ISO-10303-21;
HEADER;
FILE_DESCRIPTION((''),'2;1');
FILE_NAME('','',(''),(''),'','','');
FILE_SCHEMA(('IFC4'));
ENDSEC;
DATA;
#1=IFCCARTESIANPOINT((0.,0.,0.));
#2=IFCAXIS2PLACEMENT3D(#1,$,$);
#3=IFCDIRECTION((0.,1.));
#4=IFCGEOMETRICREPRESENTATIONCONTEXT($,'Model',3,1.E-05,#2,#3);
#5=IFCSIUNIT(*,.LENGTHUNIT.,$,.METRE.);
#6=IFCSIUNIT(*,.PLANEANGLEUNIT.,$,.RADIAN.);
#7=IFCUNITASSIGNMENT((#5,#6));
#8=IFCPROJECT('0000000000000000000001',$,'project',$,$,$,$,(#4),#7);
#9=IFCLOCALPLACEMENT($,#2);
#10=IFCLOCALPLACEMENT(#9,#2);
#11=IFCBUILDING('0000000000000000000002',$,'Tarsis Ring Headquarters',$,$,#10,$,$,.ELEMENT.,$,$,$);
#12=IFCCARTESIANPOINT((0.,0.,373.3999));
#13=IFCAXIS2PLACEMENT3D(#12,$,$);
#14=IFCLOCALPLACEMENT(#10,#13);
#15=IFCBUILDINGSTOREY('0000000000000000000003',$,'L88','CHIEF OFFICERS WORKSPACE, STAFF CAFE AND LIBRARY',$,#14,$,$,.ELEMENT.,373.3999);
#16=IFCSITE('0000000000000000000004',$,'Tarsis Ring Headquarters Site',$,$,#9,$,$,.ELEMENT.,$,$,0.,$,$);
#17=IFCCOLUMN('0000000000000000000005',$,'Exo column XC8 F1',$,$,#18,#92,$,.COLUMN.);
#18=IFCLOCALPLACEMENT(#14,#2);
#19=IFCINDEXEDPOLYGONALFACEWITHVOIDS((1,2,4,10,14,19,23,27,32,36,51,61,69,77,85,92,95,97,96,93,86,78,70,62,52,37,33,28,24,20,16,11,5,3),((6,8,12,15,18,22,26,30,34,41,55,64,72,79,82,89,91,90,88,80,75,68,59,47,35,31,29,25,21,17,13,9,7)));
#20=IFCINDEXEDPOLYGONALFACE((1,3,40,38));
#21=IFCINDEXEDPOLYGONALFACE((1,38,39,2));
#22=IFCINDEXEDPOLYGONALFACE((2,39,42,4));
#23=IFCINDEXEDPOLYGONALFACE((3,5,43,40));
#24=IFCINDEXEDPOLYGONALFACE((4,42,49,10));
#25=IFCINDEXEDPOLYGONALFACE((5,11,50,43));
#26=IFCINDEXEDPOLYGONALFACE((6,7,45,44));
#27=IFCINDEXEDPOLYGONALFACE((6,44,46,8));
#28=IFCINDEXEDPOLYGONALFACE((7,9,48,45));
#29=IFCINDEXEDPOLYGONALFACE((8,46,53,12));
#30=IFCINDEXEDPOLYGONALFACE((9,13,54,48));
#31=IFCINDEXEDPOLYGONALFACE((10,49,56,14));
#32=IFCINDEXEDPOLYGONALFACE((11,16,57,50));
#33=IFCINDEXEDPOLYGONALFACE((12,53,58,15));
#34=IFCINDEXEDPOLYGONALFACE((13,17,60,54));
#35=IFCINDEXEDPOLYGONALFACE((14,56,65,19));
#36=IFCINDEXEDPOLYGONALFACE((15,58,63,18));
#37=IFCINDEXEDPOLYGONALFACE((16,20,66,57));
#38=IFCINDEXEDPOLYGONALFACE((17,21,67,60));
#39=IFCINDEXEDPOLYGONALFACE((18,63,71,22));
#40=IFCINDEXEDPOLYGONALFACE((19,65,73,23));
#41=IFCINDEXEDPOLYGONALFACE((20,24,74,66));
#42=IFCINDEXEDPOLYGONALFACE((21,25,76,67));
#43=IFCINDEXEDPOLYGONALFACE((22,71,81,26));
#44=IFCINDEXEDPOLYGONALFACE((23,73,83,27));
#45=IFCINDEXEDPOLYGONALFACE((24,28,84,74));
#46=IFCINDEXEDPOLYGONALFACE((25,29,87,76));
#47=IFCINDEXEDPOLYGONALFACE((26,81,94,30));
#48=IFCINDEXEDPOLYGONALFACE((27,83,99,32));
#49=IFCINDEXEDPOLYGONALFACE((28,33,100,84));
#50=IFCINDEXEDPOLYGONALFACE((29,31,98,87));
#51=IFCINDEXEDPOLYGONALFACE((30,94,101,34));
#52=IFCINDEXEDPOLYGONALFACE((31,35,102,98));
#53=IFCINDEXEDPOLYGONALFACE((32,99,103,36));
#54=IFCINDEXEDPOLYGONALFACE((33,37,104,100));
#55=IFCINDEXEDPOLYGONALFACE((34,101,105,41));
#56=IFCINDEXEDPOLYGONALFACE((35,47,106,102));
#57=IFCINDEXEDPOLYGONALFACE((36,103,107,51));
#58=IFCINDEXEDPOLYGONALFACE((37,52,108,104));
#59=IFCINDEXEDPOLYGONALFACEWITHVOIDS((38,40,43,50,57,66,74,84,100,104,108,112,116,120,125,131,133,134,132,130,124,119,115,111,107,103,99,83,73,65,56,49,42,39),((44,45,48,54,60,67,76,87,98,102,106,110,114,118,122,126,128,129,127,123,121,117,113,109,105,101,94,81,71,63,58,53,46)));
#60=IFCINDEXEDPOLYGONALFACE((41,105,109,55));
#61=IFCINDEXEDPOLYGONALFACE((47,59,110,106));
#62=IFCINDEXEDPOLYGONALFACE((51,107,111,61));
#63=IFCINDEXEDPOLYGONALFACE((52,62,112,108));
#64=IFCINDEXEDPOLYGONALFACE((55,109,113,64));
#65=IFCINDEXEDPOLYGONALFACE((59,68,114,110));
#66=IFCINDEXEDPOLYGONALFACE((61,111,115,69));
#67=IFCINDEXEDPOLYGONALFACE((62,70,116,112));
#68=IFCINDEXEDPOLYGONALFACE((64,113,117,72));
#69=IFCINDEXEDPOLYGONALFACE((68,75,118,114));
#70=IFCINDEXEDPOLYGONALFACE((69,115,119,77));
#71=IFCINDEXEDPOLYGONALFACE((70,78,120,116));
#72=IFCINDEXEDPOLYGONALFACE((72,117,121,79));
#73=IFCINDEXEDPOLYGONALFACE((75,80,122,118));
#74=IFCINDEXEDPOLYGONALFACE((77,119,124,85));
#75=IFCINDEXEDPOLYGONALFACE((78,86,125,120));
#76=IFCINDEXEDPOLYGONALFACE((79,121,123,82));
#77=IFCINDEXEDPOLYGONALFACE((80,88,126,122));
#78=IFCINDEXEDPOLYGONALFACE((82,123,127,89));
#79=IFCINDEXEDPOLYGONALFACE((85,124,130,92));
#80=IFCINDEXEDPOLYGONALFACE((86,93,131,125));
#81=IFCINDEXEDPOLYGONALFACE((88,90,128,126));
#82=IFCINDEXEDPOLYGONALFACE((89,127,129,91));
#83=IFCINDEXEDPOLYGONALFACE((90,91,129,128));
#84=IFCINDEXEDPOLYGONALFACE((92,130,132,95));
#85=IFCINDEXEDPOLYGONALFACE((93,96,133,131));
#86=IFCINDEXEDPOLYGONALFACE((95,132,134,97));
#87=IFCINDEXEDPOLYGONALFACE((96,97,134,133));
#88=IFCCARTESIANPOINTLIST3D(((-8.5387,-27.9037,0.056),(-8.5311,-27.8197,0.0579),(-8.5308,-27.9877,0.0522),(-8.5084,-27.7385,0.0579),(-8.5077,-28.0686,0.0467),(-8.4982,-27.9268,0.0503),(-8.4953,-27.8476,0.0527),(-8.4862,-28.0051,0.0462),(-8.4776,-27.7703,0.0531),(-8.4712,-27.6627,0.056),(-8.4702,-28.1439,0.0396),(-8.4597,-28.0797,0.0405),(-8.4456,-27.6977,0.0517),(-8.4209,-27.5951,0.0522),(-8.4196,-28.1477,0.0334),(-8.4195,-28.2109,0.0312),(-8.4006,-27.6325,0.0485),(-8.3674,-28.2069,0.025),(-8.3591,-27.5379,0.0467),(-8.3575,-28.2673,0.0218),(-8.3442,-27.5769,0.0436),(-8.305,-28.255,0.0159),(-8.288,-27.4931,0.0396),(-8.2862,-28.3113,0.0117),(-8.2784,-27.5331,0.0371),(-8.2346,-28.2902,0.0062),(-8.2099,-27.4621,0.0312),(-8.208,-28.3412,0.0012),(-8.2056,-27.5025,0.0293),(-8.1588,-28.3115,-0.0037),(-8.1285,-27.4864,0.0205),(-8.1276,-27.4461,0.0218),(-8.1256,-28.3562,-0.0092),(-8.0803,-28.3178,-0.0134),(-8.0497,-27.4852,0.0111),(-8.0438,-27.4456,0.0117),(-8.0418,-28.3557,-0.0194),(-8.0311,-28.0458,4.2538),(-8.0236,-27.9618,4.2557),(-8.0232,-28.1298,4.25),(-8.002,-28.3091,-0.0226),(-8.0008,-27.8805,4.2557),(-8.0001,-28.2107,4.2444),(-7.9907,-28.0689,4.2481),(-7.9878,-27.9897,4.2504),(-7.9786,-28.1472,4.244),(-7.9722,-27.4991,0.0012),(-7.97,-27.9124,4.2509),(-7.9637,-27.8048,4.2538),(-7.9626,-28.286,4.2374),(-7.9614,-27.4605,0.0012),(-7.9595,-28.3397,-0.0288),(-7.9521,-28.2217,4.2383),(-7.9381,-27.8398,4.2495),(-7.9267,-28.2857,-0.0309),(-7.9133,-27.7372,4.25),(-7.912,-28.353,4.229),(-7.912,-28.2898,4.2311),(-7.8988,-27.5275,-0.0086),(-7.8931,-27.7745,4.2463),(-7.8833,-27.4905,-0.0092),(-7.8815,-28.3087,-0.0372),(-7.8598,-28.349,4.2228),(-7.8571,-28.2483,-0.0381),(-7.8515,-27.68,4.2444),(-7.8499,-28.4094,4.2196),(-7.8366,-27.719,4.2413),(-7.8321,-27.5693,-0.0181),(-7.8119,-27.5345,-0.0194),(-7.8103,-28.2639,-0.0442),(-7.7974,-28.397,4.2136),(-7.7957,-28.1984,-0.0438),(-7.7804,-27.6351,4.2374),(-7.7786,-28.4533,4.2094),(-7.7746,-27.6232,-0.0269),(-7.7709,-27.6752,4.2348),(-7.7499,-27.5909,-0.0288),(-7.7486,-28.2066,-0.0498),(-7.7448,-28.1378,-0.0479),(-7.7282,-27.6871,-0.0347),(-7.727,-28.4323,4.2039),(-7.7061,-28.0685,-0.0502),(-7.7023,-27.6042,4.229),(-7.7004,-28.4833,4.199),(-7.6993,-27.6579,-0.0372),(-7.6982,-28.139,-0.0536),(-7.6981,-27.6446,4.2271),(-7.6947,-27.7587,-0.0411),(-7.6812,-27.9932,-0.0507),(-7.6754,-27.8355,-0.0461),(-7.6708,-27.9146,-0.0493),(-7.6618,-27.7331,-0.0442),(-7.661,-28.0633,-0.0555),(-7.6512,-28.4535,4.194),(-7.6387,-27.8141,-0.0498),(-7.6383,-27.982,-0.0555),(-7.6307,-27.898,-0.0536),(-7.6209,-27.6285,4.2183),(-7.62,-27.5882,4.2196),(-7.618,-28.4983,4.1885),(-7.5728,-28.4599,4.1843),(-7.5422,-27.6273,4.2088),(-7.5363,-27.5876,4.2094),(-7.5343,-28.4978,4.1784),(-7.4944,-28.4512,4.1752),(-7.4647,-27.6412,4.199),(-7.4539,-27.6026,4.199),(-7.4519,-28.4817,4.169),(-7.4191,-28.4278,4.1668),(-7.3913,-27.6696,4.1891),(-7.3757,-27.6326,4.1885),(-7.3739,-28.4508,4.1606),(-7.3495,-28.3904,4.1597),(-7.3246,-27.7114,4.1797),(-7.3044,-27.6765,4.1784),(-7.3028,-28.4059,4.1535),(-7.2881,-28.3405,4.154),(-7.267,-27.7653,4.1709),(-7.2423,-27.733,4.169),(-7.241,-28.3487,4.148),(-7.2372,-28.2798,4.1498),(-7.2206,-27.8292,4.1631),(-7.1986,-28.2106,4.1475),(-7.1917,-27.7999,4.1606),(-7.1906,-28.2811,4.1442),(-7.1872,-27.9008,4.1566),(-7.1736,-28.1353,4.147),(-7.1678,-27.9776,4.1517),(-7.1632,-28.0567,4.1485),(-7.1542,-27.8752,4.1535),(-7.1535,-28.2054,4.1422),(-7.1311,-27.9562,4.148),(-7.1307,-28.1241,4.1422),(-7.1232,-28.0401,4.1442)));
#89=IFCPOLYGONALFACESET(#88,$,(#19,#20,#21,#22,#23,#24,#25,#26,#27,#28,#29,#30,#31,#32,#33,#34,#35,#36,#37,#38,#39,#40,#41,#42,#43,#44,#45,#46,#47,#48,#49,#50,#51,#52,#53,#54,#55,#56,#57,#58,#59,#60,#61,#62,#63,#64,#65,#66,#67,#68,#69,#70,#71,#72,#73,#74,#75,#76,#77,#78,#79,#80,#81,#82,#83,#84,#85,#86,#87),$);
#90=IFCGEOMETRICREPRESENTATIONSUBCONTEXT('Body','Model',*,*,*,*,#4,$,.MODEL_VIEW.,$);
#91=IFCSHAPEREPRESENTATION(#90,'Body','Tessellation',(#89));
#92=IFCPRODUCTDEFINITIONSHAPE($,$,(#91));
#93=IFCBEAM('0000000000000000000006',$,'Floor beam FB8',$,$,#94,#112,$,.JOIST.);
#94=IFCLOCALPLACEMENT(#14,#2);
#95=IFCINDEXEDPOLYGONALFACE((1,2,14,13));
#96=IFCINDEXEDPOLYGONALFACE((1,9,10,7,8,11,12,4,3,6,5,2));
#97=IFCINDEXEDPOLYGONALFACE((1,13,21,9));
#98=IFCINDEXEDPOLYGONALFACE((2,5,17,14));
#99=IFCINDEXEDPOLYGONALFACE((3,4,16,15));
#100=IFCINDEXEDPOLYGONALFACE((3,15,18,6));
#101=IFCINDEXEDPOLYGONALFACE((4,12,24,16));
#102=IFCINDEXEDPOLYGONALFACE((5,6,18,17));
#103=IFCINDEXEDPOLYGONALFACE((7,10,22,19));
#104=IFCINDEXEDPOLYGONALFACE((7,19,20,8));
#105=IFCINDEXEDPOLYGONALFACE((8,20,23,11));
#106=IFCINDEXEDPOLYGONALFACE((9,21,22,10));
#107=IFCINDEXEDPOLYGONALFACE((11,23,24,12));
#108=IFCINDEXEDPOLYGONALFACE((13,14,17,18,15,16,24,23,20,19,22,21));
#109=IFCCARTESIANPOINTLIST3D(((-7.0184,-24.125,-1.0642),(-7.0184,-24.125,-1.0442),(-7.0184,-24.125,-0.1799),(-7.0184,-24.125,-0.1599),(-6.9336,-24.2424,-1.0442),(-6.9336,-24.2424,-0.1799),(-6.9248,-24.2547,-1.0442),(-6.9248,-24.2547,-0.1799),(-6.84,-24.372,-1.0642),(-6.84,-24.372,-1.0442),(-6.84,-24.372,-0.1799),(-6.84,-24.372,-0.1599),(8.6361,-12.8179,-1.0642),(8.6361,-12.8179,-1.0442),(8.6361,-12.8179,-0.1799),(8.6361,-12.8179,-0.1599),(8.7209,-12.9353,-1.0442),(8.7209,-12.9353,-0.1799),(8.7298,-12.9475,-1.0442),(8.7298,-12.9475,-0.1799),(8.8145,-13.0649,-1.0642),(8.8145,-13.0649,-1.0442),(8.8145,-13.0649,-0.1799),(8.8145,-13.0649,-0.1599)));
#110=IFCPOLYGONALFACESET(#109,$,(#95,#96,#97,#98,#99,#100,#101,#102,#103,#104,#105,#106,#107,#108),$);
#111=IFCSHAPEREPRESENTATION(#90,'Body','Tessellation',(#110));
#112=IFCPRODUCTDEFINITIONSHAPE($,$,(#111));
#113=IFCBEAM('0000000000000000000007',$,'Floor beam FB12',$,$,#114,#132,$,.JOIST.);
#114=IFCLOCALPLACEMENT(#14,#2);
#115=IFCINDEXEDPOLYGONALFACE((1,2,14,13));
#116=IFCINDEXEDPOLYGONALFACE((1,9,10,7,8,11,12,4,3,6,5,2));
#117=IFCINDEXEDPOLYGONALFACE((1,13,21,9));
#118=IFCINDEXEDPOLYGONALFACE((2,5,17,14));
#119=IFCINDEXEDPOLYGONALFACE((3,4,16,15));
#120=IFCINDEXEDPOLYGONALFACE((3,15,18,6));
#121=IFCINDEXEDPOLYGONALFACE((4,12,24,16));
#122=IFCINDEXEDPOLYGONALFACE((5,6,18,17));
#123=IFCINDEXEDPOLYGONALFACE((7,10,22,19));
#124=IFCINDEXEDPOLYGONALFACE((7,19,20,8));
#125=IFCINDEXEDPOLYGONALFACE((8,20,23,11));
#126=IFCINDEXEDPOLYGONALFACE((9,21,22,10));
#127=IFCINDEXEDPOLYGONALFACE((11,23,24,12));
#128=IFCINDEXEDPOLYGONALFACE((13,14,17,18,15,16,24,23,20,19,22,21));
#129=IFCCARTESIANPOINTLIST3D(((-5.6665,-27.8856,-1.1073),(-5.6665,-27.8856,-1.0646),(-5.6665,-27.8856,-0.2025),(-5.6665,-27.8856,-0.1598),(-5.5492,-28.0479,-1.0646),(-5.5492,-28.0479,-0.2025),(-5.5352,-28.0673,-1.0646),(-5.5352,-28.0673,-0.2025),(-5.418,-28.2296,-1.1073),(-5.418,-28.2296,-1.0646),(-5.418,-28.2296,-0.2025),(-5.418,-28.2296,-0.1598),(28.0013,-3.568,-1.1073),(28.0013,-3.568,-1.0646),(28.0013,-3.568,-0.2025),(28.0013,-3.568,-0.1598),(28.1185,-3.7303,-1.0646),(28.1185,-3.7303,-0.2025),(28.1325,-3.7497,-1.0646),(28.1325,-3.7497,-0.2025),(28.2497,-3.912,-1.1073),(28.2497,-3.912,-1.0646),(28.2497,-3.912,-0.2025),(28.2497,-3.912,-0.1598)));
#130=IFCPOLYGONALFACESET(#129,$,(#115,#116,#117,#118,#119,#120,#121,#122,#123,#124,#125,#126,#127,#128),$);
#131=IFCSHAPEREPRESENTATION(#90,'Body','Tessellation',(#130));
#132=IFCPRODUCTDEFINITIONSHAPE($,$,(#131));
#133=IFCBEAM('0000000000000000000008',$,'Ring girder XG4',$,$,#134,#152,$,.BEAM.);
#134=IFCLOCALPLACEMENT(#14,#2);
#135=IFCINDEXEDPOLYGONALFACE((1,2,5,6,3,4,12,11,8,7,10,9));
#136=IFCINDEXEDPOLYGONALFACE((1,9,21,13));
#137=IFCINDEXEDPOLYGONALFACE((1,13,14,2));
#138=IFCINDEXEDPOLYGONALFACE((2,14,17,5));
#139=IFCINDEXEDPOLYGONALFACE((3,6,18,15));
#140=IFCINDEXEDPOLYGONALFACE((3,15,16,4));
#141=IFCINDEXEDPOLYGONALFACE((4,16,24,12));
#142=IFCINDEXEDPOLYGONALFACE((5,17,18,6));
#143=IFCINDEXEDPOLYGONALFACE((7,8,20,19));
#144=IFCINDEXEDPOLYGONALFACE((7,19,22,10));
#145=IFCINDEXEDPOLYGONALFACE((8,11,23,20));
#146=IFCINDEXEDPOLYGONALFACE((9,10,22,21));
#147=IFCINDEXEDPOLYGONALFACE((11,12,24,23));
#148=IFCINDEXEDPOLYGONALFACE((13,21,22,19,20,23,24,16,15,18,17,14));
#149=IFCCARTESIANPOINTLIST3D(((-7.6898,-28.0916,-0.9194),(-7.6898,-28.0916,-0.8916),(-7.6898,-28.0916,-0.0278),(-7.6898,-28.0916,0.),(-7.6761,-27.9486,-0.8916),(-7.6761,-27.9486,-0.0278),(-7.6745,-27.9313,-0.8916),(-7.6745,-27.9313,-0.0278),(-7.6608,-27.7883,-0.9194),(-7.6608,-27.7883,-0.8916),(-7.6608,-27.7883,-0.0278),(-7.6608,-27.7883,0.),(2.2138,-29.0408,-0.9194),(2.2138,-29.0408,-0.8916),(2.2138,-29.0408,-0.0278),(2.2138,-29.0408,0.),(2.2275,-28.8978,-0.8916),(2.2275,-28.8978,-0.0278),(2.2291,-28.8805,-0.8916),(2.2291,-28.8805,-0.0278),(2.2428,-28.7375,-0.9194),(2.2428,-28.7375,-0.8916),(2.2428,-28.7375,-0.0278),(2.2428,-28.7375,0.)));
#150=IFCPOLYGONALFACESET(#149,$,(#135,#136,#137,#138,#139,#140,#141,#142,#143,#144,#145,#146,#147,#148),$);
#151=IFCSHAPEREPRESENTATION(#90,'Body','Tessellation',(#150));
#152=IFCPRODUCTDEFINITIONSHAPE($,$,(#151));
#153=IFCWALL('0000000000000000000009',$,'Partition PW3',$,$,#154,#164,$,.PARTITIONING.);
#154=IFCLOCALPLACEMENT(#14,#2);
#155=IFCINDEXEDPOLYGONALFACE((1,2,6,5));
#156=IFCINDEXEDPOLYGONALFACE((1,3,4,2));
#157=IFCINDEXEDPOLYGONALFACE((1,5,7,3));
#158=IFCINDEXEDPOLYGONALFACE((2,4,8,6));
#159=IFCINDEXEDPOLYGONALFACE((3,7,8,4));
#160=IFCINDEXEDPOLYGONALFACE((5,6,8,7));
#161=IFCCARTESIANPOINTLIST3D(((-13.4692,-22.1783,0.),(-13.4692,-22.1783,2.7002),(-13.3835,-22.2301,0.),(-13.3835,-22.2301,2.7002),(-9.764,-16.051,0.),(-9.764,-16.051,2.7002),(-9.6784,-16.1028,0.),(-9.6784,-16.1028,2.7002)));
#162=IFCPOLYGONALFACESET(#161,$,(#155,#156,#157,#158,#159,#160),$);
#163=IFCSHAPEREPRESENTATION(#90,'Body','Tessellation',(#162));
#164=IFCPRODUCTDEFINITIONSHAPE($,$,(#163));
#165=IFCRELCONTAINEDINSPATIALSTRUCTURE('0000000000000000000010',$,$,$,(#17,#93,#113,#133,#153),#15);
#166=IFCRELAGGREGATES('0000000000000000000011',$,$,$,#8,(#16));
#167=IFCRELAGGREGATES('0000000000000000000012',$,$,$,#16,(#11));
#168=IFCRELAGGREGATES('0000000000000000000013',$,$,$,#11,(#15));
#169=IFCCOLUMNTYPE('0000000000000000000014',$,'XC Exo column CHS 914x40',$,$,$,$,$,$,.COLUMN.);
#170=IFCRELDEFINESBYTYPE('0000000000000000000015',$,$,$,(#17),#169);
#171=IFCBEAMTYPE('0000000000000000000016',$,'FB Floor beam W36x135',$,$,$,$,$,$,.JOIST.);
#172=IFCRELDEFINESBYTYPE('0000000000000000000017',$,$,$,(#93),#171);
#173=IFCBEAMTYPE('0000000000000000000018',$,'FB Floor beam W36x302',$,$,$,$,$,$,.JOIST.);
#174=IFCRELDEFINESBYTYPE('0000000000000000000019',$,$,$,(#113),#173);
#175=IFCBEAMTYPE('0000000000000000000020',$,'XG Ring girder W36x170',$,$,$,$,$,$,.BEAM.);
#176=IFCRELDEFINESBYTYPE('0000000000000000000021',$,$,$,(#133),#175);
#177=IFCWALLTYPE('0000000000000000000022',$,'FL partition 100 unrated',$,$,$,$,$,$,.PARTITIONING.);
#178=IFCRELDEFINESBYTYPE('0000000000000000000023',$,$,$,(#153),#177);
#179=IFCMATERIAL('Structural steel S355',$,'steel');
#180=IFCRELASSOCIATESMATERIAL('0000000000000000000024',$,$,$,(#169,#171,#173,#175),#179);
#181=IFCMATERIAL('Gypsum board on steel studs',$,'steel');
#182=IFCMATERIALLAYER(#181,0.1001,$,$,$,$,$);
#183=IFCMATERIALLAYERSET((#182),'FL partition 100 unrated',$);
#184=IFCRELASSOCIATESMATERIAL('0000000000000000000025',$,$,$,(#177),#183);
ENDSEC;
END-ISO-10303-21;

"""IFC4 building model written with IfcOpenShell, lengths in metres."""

from ifc_helpers import new_model, si_unit, direction, frame, frame_2d, origin, origin_2d, place, context, subcontext, project, spatial, rectangle, hollow_circle, i_section, extrude, material, layer, layer_set, material_profile, profile_set, type_object, element, save


model = new_model("IFC4")

# Units and contexts
model_context = context("Model", 3, precision=1e-05, world=origin(), true_north=direction((0.0, 1.0)))
body_context = subcontext(model_context, "Body", "Model", "MODEL_VIEW")
ifc_project = project(units=[si_unit("LENGTHUNIT", "METRE"), si_unit("PLANEANGLEUNIT", "RADIAN")], contexts=[model_context])

# Site, building, storey
site_placement = place(None, origin())
site = spatial("IfcSite", under=ifc_project, at=site_placement, Name="Tarsis Ring Headquarters Site", CompositionType="ELEMENT", RefElevation=0.0)
building_placement = place(site_placement, origin())
building = spatial("IfcBuilding", under=site, at=building_placement, Name="Tarsis Ring Headquarters", CompositionType="ELEMENT")
storey_placement = place(building_placement, frame((0.0, 0.0, 373.3999)))
storey = spatial("IfcBuildingStorey", under=building, at=storey_placement, Name="L88", Description="CHIEF OFFICERS WORKSPACE, STAFF CAFE AND LIBRARY", CompositionType="ELEMENT", Elevation=373.3999)

# Column
ifc_material_1 = material(Name="Structural steel S355", Category="steel")
ifc_material_profile_1 = material_profile(ifc_material_1, hollow_circle(Radius=0.457, WallThickness=0.04, at=origin_2d()), Name="CHS 914x40")
ifc_profile_set_1 = profile_set([ifc_material_profile_1], Name="Structural steel S355")
column_type = type_object("IfcColumnType", Name="XC Exo column CHS 914x40", PredefinedType="COLUMN", material=ifc_profile_set_1)
column_placement = place(storey_placement, frame((-8.0847, -27.9009, 0.0012), z_axis=(0.119972, -0.033585, 0.992209), x_axis=(0.269578, 0.962978, 0.0)))
element("IfcColumn", 1, at=column_placement, inside=storey, type_object=column_type, Name="Exo column XC8 F1", PredefinedType="COLUMN", context=body_context, shape_type="SweptSolid", body=[
    extrude(hollow_circle(Radius=0.4573, WallThickness=0.04, at=origin_2d()), origin(), (0.0, 0.0, 1.0), 4.2307),
])

# Beams
ifc_material_profile_2 = material_profile(ifc_material_1, i_section(OverallWidth=0.3047, OverallDepth=0.9043, WebThickness=0.0151, FlangeThickness=0.02, at=origin_2d()), Name="W36x135")
ifc_profile_set_2 = profile_set([ifc_material_profile_2], Name="Structural steel S355")
beam_type_1 = type_object("IfcBeamType", Name="FB Floor beam W36x135", PredefinedType="JOIST", material=ifc_profile_set_2)
beam_1_placement = place(storey_placement, frame((-6.9292, -24.2485, -0.6121), z_axis=(0.810653, 0.585527, 0.0), x_axis=(-0.585527, 0.810653, 0.0)))
element("IfcBeam", 2, at=beam_1_placement, inside=storey, type_object=beam_type_1, Name="Floor beam FB8", PredefinedType="JOIST", context=body_context, shape_type="SweptSolid", body=[
    extrude(i_section(OverallWidth=0.3047, OverallDepth=0.9043, WebThickness=0.0151, FlangeThickness=0.02, at=origin_2d()), origin(), (0.0, 0.0, 1.0), 19.311),
])
ifc_material_profile_3 = material_profile(ifc_material_1, i_section(OverallWidth=0.4243, OverallDepth=0.9475, WebThickness=0.0239, FlangeThickness=0.0427, at=origin_2d()), Name="W36x302")
ifc_profile_set_3 = profile_set([ifc_material_profile_3], Name="Structural steel S355")
beam_type_2 = type_object("IfcBeamType", Name="FB Floor beam W36x302", PredefinedType="JOIST", material=ifc_profile_set_3)
beam_2_placement = place(storey_placement, frame((-5.5422, -28.0576, -0.6335), z_axis=(0.810656, 0.585523, 0.0), x_axis=(-0.585523, 0.810656, 0.0)))
element("IfcBeam", 3, at=beam_2_placement, inside=storey, type_object=beam_type_2, Name="Floor beam FB12", PredefinedType="JOIST", context=body_context, shape_type="SweptSolid", body=[
    extrude(i_section(OverallWidth=0.4243, OverallDepth=0.9475, WebThickness=0.0239, FlangeThickness=0.0427, at=origin_2d()), origin(), (0.0, 0.0, 1.0), 41.5315),
])
ifc_material_profile_4 = material_profile(ifc_material_1, i_section(OverallWidth=0.3047, OverallDepth=0.9194, WebThickness=0.0173, FlangeThickness=0.0278, at=origin_2d()), Name="W36x170")
ifc_profile_set_4 = profile_set([ifc_material_profile_4], Name="Structural steel S355")
beam_type_3 = type_object("IfcBeamType", Name="XG Ring girder W36x170", PredefinedType="BEAM", material=ifc_profile_set_4)
beam_3_placement = place(storey_placement, frame((-7.6753, -27.9399, -0.4597), z_axis=(0.995438, -0.095409, 0.0), x_axis=(0.095409, 0.995438, 0.0)))
element("IfcBeam", 4, at=beam_3_placement, inside=storey, type_object=beam_type_3, Name="Ring girder XG4", PredefinedType="BEAM", context=body_context, shape_type="SweptSolid", body=[
    extrude(i_section(OverallWidth=0.3047, OverallDepth=0.9194, WebThickness=0.0173, FlangeThickness=0.0278, at=origin_2d()), origin(), (0.0, 0.0, 1.0), 9.949),
])

# Wall
ifc_material_2 = material(Name="Gypsum board on steel studs", Category="steel")
ifc_layer_1 = layer(ifc_material_2, 0.1001)
ifc_layer_set_1 = layer_set([ifc_layer_1], Name="FL partition 100 unrated")
wall_type_1 = type_object("IfcWallType", Name="FL partition 100 unrated", PredefinedType="PARTITIONING", material=ifc_layer_set_1)
wall_1_placement = place(storey_placement, frame((-13.4263, -22.2041, 0.0), z_axis=(0.0, 0.0, 1.0), x_axis=(0.517446, 0.855716, 0.0)))
element("IfcWall", 5, at=wall_1_placement, inside=storey, type_object=wall_type_1, Name="Partition PW3", PredefinedType="PARTITIONING", context=body_context, shape_type="SweptSolid", body=[
    extrude(rectangle(XDim=7.1604, YDim=0.1001, at=frame_2d((3.5801, 0.0))), origin(), (0.0, 0.0, 1.0), 2.7002),
])

save(model, "model.ifc")
